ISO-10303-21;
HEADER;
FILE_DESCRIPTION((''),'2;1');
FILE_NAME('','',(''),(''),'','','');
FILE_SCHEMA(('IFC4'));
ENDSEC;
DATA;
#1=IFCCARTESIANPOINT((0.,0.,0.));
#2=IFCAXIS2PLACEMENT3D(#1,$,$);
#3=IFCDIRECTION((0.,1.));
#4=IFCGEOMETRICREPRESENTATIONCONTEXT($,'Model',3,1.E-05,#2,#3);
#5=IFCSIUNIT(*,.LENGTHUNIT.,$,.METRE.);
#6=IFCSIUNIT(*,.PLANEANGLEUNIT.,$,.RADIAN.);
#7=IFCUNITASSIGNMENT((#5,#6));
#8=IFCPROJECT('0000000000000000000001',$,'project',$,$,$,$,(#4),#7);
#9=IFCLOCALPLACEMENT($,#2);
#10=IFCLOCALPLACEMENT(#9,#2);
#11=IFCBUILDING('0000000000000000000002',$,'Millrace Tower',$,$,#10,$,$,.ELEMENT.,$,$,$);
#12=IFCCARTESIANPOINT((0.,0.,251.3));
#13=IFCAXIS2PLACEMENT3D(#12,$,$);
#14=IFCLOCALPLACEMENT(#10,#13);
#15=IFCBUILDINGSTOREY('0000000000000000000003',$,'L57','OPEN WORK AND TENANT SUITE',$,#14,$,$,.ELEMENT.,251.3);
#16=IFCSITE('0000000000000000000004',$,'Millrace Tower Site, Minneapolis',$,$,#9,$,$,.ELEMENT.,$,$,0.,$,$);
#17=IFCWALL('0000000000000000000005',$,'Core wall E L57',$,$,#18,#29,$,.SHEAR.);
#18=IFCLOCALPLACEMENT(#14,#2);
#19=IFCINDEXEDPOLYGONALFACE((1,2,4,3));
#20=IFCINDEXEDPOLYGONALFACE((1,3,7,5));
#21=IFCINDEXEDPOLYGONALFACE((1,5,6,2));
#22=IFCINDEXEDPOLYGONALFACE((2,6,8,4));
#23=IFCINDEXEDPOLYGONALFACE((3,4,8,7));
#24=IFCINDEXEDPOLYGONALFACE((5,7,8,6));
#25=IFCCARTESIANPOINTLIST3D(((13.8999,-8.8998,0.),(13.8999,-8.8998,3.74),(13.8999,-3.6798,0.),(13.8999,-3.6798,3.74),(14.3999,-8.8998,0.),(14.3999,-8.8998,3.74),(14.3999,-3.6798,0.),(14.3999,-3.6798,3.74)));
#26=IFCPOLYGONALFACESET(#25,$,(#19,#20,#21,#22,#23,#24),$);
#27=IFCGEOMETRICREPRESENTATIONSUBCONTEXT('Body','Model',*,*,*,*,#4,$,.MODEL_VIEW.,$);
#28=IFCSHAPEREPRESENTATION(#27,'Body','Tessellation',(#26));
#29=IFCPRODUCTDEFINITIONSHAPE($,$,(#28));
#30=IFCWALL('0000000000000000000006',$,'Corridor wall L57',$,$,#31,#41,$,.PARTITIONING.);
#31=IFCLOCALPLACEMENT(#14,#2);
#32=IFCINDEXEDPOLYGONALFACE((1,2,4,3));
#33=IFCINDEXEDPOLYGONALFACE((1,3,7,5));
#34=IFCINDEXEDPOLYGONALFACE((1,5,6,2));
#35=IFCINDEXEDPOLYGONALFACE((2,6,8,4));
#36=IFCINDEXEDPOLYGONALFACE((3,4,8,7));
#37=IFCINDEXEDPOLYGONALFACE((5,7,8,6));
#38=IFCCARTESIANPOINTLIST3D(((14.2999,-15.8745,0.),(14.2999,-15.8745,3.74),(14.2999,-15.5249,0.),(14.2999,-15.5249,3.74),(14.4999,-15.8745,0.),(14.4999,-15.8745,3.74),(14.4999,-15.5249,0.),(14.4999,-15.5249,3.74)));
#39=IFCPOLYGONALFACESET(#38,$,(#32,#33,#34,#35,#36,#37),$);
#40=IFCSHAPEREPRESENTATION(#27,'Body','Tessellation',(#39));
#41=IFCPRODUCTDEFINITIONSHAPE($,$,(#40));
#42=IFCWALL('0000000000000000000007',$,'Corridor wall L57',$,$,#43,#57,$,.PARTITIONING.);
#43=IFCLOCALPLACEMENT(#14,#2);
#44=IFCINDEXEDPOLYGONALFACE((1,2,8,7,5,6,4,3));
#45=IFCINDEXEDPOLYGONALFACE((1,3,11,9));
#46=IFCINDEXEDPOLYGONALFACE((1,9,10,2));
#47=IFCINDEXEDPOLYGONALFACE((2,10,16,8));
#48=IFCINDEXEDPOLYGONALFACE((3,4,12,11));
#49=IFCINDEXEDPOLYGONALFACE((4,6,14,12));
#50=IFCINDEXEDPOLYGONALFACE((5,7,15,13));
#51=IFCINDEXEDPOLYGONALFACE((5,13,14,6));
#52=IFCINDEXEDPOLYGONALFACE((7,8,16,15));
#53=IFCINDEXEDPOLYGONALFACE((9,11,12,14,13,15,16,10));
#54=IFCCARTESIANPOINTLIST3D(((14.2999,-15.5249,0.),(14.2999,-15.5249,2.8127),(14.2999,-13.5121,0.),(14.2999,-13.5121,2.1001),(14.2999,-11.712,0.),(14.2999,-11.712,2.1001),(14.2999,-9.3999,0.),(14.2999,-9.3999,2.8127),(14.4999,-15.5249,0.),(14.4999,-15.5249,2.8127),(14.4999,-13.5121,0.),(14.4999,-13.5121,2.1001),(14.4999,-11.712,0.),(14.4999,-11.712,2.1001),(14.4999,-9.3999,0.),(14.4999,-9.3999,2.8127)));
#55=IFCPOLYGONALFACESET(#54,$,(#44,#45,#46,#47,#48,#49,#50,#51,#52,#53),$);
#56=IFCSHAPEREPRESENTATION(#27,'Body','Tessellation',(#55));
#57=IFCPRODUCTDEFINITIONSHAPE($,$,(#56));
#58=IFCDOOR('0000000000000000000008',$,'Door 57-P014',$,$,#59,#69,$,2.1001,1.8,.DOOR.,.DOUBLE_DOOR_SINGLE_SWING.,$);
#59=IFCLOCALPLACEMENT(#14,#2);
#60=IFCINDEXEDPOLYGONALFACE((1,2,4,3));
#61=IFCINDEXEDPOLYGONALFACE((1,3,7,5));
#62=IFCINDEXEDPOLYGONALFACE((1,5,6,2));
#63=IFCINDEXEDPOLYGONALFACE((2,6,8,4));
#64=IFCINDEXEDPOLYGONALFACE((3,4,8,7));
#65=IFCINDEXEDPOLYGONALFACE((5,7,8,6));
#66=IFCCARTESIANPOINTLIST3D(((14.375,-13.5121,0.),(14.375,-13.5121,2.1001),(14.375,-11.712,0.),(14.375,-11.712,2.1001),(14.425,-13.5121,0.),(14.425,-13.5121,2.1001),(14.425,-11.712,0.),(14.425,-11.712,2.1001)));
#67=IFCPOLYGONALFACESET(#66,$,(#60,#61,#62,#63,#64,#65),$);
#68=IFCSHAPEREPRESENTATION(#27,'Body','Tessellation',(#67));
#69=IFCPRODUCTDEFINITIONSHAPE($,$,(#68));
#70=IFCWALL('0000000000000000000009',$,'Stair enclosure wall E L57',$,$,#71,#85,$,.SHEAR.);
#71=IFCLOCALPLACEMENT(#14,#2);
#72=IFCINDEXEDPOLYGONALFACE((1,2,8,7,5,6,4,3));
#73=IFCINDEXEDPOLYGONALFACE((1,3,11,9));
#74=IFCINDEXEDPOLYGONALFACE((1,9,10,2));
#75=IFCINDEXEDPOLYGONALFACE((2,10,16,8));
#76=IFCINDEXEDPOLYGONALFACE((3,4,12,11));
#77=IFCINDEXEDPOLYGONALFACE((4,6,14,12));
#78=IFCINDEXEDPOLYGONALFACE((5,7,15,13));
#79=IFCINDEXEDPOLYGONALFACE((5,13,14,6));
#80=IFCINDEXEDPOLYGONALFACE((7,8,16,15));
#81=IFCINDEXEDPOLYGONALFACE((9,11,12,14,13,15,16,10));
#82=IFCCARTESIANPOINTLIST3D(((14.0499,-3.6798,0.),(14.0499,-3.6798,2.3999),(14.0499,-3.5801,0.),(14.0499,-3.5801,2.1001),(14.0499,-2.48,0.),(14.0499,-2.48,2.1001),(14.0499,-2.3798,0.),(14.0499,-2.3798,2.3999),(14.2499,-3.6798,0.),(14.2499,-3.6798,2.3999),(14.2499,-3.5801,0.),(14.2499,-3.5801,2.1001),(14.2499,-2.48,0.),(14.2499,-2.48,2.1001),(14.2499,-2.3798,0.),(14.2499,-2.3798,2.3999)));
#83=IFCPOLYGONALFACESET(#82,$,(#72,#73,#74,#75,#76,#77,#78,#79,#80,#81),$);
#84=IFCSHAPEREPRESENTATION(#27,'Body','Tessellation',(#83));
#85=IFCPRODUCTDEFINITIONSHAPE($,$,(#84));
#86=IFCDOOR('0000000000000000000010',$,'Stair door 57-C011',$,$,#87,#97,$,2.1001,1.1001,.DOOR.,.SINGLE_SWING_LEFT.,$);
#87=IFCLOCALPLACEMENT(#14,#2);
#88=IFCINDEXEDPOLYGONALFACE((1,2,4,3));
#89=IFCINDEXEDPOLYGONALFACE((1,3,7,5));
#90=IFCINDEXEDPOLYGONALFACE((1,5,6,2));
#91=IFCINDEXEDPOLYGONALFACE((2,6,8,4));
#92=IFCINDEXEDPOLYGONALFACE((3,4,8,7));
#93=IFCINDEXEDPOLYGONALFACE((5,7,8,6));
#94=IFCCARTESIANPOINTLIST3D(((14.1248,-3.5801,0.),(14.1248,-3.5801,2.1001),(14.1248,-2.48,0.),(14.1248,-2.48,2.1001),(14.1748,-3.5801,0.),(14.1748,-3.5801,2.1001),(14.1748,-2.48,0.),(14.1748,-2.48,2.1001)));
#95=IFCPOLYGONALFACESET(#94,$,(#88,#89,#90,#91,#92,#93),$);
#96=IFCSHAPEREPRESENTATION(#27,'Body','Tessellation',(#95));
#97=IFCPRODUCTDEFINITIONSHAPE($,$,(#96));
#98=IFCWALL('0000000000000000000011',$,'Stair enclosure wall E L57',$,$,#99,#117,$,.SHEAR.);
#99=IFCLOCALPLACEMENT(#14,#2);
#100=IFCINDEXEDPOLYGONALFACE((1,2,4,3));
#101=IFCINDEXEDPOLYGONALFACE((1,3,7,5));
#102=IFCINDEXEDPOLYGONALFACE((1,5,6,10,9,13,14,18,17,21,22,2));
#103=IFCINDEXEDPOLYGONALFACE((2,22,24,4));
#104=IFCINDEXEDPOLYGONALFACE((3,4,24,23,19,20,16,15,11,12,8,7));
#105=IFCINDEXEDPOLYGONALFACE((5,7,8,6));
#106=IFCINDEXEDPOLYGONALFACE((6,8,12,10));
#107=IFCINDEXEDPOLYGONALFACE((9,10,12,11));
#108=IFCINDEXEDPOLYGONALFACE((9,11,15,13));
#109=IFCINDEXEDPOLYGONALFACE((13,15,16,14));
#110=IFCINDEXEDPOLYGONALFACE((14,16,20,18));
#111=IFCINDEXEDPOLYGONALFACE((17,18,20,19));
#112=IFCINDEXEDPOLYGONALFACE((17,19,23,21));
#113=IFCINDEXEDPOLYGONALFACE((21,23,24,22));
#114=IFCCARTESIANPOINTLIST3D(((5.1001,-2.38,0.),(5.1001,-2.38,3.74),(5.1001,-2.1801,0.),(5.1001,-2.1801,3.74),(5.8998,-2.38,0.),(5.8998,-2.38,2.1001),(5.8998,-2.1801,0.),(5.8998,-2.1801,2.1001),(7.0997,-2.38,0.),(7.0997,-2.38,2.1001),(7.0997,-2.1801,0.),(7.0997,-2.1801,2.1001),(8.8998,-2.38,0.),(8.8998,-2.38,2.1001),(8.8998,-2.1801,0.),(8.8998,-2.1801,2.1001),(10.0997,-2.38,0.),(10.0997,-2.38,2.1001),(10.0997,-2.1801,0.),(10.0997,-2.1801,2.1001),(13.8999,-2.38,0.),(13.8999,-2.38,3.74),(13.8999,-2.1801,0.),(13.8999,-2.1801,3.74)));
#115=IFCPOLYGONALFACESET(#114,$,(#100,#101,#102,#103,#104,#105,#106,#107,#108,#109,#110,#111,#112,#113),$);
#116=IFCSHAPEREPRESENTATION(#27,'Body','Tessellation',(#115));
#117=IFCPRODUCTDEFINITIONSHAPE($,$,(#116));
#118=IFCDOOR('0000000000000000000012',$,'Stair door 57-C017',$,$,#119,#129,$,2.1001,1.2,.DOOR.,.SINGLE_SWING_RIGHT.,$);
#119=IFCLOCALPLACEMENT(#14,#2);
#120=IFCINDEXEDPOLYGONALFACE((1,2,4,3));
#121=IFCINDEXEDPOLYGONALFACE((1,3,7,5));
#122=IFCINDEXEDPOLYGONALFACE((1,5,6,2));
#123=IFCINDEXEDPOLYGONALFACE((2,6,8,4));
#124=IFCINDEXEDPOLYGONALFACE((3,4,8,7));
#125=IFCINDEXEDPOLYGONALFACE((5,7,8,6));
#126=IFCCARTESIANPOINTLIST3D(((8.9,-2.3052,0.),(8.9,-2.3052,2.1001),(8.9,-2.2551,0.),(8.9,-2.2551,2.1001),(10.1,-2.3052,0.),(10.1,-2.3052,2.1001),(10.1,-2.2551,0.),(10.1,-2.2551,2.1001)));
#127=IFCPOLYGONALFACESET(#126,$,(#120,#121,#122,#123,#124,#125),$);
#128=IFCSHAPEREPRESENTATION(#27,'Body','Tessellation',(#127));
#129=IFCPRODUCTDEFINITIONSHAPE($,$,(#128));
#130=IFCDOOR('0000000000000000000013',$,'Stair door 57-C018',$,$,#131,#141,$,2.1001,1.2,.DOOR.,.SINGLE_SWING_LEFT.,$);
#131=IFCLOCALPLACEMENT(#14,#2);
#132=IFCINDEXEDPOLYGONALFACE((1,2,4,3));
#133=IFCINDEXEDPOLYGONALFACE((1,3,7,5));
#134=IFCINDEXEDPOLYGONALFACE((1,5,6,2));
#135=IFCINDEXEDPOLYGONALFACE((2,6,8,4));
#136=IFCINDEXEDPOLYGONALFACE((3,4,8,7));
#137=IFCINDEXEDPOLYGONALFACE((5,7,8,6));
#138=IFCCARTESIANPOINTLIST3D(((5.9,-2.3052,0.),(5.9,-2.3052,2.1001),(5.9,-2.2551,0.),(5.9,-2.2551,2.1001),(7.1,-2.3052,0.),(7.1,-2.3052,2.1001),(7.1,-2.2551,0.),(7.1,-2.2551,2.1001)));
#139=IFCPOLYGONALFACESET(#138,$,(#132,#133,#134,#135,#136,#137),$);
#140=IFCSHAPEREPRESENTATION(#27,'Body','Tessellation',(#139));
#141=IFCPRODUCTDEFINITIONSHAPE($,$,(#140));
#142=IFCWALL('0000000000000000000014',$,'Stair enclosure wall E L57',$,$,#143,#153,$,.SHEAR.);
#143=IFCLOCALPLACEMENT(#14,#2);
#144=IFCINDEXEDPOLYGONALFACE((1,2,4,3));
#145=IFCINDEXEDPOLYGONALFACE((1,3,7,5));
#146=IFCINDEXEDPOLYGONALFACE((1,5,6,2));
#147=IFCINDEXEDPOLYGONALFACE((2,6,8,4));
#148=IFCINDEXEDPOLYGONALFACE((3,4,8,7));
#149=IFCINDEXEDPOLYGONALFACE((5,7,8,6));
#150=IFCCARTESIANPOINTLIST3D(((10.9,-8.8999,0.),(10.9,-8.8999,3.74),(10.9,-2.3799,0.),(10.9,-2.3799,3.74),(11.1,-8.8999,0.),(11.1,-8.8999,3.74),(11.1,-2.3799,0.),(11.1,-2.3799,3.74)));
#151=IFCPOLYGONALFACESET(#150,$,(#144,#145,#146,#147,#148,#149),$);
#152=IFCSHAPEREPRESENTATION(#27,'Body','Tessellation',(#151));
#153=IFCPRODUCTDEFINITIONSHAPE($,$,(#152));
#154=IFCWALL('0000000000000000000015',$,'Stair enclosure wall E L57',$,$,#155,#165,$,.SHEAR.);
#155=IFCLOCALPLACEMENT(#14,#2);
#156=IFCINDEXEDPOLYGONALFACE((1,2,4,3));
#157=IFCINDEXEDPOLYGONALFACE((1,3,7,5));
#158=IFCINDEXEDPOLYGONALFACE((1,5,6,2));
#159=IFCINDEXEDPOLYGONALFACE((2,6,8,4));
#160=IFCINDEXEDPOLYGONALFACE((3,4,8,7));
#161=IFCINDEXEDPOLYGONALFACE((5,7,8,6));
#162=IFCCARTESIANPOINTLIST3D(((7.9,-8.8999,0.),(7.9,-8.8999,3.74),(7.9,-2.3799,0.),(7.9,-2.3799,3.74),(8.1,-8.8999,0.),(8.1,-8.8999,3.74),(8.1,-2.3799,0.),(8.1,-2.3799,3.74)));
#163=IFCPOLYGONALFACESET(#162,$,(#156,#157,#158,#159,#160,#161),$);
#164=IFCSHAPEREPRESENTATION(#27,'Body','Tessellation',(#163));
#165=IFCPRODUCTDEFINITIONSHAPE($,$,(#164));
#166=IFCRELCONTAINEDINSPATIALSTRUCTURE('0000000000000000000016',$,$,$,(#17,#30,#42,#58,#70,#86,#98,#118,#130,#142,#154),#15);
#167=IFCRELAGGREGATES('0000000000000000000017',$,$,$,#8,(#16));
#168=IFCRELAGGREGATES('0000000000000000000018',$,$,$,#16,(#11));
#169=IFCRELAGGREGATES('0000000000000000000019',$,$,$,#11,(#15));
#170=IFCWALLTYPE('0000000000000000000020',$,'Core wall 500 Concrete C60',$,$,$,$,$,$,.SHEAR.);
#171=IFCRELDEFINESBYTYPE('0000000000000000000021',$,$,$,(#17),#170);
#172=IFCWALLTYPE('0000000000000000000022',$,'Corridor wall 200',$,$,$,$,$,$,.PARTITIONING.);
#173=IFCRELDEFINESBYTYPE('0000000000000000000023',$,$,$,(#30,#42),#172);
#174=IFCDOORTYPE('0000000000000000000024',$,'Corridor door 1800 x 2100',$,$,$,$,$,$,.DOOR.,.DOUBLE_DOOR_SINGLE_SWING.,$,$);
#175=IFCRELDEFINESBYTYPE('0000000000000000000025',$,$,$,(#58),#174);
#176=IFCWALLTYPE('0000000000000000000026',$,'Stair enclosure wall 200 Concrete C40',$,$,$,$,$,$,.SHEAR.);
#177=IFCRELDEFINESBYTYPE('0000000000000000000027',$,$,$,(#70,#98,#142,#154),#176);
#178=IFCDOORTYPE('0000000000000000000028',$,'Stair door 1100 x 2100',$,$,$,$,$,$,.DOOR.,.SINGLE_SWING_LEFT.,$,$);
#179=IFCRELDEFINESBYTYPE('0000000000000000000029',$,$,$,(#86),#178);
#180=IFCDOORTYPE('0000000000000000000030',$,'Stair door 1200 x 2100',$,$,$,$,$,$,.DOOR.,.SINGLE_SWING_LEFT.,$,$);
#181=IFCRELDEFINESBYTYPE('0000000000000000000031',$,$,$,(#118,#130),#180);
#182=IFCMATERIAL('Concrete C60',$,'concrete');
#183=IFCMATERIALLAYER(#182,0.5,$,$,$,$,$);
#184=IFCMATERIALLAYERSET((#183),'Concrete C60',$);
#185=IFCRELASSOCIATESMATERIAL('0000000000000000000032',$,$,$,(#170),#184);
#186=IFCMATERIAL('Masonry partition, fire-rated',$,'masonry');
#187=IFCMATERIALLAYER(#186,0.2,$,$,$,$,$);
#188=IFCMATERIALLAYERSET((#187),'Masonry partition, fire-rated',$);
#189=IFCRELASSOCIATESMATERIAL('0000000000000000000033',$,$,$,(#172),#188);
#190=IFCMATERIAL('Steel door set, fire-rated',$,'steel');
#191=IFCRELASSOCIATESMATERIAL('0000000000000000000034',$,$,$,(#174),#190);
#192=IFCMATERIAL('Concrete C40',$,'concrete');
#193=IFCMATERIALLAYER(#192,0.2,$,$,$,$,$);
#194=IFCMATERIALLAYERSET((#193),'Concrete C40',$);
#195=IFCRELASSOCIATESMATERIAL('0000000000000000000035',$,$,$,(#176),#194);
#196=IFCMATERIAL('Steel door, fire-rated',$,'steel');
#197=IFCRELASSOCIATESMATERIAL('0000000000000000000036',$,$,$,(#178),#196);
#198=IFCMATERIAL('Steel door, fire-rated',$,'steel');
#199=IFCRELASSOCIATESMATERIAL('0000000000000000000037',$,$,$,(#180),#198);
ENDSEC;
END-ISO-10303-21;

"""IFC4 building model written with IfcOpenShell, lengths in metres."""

from ifc_helpers import new_model, si_unit, direction, frame, frame_2d, origin, place, context, subcontext, project, spatial, rectangle, extrude, material, layer, layer_set, type_object, element, fill, save


model = new_model("IFC4")

# Units and contexts
model_context = context("Model", 3, precision=1e-05, world=origin(), true_north=direction((0.0, 1.0)))
body_context = subcontext(model_context, "Body", "Model", "MODEL_VIEW")
ifc_project = project(units=[si_unit("LENGTHUNIT", "METRE"), si_unit("PLANEANGLEUNIT", "RADIAN")], contexts=[model_context])

# Site, building, storey
site_placement = place(None, origin())
site = spatial("IfcSite", under=ifc_project, at=site_placement, Name="Millrace Tower Site, Minneapolis", CompositionType="ELEMENT", RefElevation=0.0)
building_placement = place(site_placement, origin())
building = spatial("IfcBuilding", under=site, at=building_placement, Name="Millrace Tower", CompositionType="ELEMENT")
storey_placement = place(building_placement, frame((0.0, 0.0, 251.3)))
storey = spatial("IfcBuildingStorey", under=building, at=storey_placement, Name="L57", Description="OPEN WORK AND TENANT SUITE", CompositionType="ELEMENT", Elevation=251.3)

# Walls
ifc_material_1 = material(Name="Concrete C60", Category="concrete")
ifc_layer_1 = layer(ifc_material_1, 0.5)
ifc_layer_set_1 = layer_set([ifc_layer_1], Name="Concrete C60")
wall_type_1 = type_object("IfcWallType", Name="Core wall 500 Concrete C60", PredefinedType="SHEAR", material=ifc_layer_set_1)
wall_1_placement = place(storey_placement, frame((14.1499, -3.6799, 0.0), z_axis=(0.0, 0.0, 1.0), x_axis=(0.0, -1.0, 0.0)))
element("IfcWall", 1, at=wall_1_placement, inside=storey, type_object=wall_type_1, Name="Core wall E L57", PredefinedType="SHEAR", context=body_context, shape_type="SweptSolid", body=[
    extrude(rectangle(XDim=5.22, YDim=0.5, at=frame_2d((2.6099, 0.0))), origin(), (0.0, 0.0, 1.0), 3.74),
])
ifc_material_2 = material(Name="Masonry partition, fire-rated", Category="masonry")
ifc_layer_2 = layer(ifc_material_2, 0.2)
ifc_layer_set_2 = layer_set([ifc_layer_2], Name="Masonry partition, fire-rated")
wall_type_2 = type_object("IfcWallType", Name="Corridor wall 200", PredefinedType="PARTITIONING", material=ifc_layer_set_2)
wall_2_placement = place(storey_placement, frame((14.3999, -15.8745, 0.0), z_axis=(0.0, 0.0, 1.0), x_axis=(0.0, 1.0, 0.0)))
element("IfcWall", 2, at=wall_2_placement, inside=storey, type_object=wall_type_2, Name="Corridor wall L57", PredefinedType="PARTITIONING", context=body_context, shape_type="SweptSolid", body=[
    extrude(rectangle(XDim=0.3496, YDim=0.2, at=frame_2d((0.1748, 0.0))), origin(), (0.0, 0.0, 1.0), 3.74),
])

# Walls, openings, doors
wall_3_placement = place(storey_placement, frame((14.3999, -15.5249, 0.0), z_axis=(0.0, 0.0, 1.0), x_axis=(0.0, 1.0, 0.0)))
wall_3 = element("IfcWall", 3, at=wall_3_placement, inside=storey, type_object=wall_type_2, Name="Corridor wall L57", PredefinedType="PARTITIONING", context=body_context, shape_type="SweptSolid", body=[
    extrude(rectangle(XDim=6.125, YDim=0.2, at=frame_2d((3.0625, 0.0))), origin(), (0.0, 0.0, 1.0), 2.8127),
])
opening_1_placement = place(wall_3_placement, frame((2.0129, 0.0, 0.0)))
opening_1 = element("IfcOpeningElement", 4, at=opening_1_placement, cuts=wall_3, PredefinedType="OPENING", context=body_context, shape_type="SweptSolid", body=[
    extrude(rectangle(XDim=1.8, YDim=2.1001, at=frame_2d((0.8999, 1.05))), frame((0.0, 0.1099, 0.0), z_axis=(0.0, -1.0, 0.0), x_axis=(1.0, 0.0, 0.0)), (0.0, 0.0, 1.0), 0.22),
])
ifc_material_3 = material(Name="Steel door set, fire-rated", Category="steel")
door_type_1 = type_object("IfcDoorType", Name="Corridor door 1800 x 2100", OperationType="DOUBLE_DOOR_SINGLE_SWING", PredefinedType="DOOR", material=ifc_material_3)
door_1_placement = place(opening_1_placement, origin())
door_1 = element("IfcDoor", 5, at=door_1_placement, inside=storey, type_object=door_type_1, Name="Door 57-P014", OperationType="DOUBLE_DOOR_SINGLE_SWING", OverallHeight=2.1001, OverallWidth=1.8, PredefinedType="DOOR", context=body_context, shape_type="SweptSolid", body=[
    extrude(rectangle(XDim=1.8, YDim=2.1001, at=frame_2d((0.8999, 1.05))), frame((0.0, 0.0249, 0.0), z_axis=(0.0, -1.0, 0.0), x_axis=(1.0, 0.0, 0.0)), (0.0, 0.0, 1.0), 0.05),
])
fill(opening_1, door_1)
ifc_material_4 = material(Name="Concrete C40", Category="concrete")
ifc_layer_3 = layer(ifc_material_4, 0.2)
ifc_layer_set_3 = layer_set([ifc_layer_3], Name="Concrete C40")
wall_type_3 = type_object("IfcWallType", Name="Stair enclosure wall 200 Concrete C40", PredefinedType="SHEAR", material=ifc_layer_set_3)
wall_4_placement = place(storey_placement, frame((14.1499, -2.3799, 0.0), z_axis=(0.0, 0.0, 1.0), x_axis=(0.0, -1.0, 0.0)))
wall_4 = element("IfcWall", 6, at=wall_4_placement, inside=storey, type_object=wall_type_3, Name="Stair enclosure wall E L57", PredefinedType="SHEAR", context=body_context, shape_type="SweptSolid", body=[
    extrude(rectangle(XDim=1.3, YDim=0.2, at=frame_2d((0.6499, 0.0))), origin(), (0.0, 0.0, 1.0), 2.3999),
])
opening_2_placement = place(wall_4_placement, frame((0.1001, 0.0, 0.0)))
opening_2 = element("IfcOpeningElement", 7, at=opening_2_placement, cuts=wall_4, PredefinedType="OPENING", context=body_context, shape_type="SweptSolid", body=[
    extrude(rectangle(XDim=1.1001, YDim=2.1001, at=frame_2d((0.55, 1.05))), frame((0.0, 0.1099, 0.0), z_axis=(0.0, -1.0, 0.0), x_axis=(1.0, 0.0, 0.0)), (0.0, 0.0, 1.0), 0.22),
])
ifc_material_5 = material(Name="Steel door, fire-rated", Category="steel")
door_type_2 = type_object("IfcDoorType", Name="Stair door 1100 x 2100", OperationType="SINGLE_SWING_LEFT", PredefinedType="DOOR", material=ifc_material_5)
door_2_placement = place(opening_2_placement, origin())
door_2 = element("IfcDoor", 8, at=door_2_placement, inside=storey, type_object=door_type_2, Name="Stair door 57-C011", OperationType="SINGLE_SWING_LEFT", OverallHeight=2.1001, OverallWidth=1.1001, PredefinedType="DOOR", context=body_context, shape_type="SweptSolid", body=[
    extrude(rectangle(XDim=1.1001, YDim=2.1001, at=frame_2d((0.55, 1.05))), frame((0.0, 0.0249, 0.0), z_axis=(0.0, -1.0, 0.0), x_axis=(1.0, 0.0, 0.0)), (0.0, 0.0, 1.0), 0.05),
])
fill(opening_2, door_2)

# Wall, openings, doors
wall_5_placement = place(storey_placement, frame((13.8999, -2.28, 0.0), z_axis=(0.0, 0.0, 1.0), x_axis=(-1.0, 0.0, 0.0)))
wall_5 = element("IfcWall", 9, at=wall_5_placement, inside=storey, type_object=wall_type_3, Name="Stair enclosure wall E L57", PredefinedType="SHEAR", context=body_context, shape_type="SweptSolid", body=[
    extrude(rectangle(XDim=8.7998, YDim=0.2, at=frame_2d((4.3999, 0.0))), origin(), (0.0, 0.0, 1.0), 3.74),
])
opening_3_placement = place(wall_5_placement, frame((3.8, 0.0, 0.0)))
opening_3 = element("IfcOpeningElement", 10, at=opening_3_placement, cuts=wall_5, PredefinedType="OPENING", context=body_context, shape_type="SweptSolid", body=[
    extrude(rectangle(XDim=1.2, YDim=2.1001, at=frame_2d((0.6001, 1.05))), frame((0.0, 0.1099, 0.0), z_axis=(0.0, -1.0, 0.0), x_axis=(1.0, 0.0, 0.0)), (0.0, 0.0, 1.0), 0.22),
])
opening_4_placement = place(wall_5_placement, frame((6.8, 0.0, 0.0)))
opening_4 = element("IfcOpeningElement", 11, at=opening_4_placement, cuts=wall_5, PredefinedType="OPENING", context=body_context, shape_type="SweptSolid", body=[
    extrude(rectangle(XDim=1.2, YDim=2.1001, at=frame_2d((0.6001, 1.05))), frame((0.0, 0.1099, 0.0), z_axis=(0.0, -1.0, 0.0), x_axis=(1.0, 0.0, 0.0)), (0.0, 0.0, 1.0), 0.22),
])
ifc_material_6 = material(Name="Steel door, fire-rated", Category="steel")
door_type_3 = type_object("IfcDoorType", Name="Stair door 1200 x 2100", OperationType="SINGLE_SWING_LEFT", PredefinedType="DOOR", material=ifc_material_6)
door_3_placement = place(opening_3_placement, frame((1.2, 0.0, 0.0), z_axis=(0.0, 0.0, 1.0), x_axis=(-1.0, 0.0, 0.0)))
door_3 = element("IfcDoor", 12, at=door_3_placement, inside=storey, type_object=door_type_3, Name="Stair door 57-C017", OperationType="SINGLE_SWING_RIGHT", OverallHeight=2.1001, OverallWidth=1.2, PredefinedType="DOOR", context=body_context, shape_type="SweptSolid", body=[
    extrude(rectangle(XDim=1.2, YDim=2.1001, at=frame_2d((0.6001, 1.05))), frame((0.0, 0.0249, 0.0), z_axis=(0.0, -1.0, 0.0), x_axis=(1.0, 0.0, 0.0)), (0.0, 0.0, 1.0), 0.05),
])
fill(opening_3, door_3)
door_4_placement = place(opening_4_placement, frame((1.2, 0.0, 0.0), z_axis=(0.0, 0.0, 1.0), x_axis=(-1.0, 0.0, 0.0)))
door_4 = element("IfcDoor", 13, at=door_4_placement, inside=storey, type_object=door_type_3, Name="Stair door 57-C018", OperationType="SINGLE_SWING_LEFT", OverallHeight=2.1001, OverallWidth=1.2, PredefinedType="DOOR", context=body_context, shape_type="SweptSolid", body=[
    extrude(rectangle(XDim=1.2, YDim=2.1001, at=frame_2d((0.6001, 1.05))), frame((0.0, 0.0249, 0.0), z_axis=(0.0, -1.0, 0.0), x_axis=(1.0, 0.0, 0.0)), (0.0, 0.0, 1.0), 0.05),
])
fill(opening_4, door_4)

# Walls
for number, where, z_axis, x_axis, name in (
    (14, (11.0, -2.3799, 0.0), (0.0, 0.0, 1.0), (0.0, -1.0, 0.0), "Stair enclosure wall E L57"),
    (15, (8.0, -2.3799, 0.0), (0.0, 0.0, 1.0), (0.0, -1.0, 0.0), "Stair enclosure wall E L57"),
):
    element("IfcWall", number, at=place(storey_placement, frame(where, z_axis=z_axis, x_axis=x_axis)), inside=storey, type_object=wall_type_3, Name=name, PredefinedType="SHEAR", context=body_context, shape_type="SweptSolid", body=[
        extrude(rectangle(XDim=6.52, YDim=0.2, at=frame_2d((3.26, 0.0))), origin(), (0.0, 0.0, 1.0), 3.74),
    ])

save(model, "model.ifc")
